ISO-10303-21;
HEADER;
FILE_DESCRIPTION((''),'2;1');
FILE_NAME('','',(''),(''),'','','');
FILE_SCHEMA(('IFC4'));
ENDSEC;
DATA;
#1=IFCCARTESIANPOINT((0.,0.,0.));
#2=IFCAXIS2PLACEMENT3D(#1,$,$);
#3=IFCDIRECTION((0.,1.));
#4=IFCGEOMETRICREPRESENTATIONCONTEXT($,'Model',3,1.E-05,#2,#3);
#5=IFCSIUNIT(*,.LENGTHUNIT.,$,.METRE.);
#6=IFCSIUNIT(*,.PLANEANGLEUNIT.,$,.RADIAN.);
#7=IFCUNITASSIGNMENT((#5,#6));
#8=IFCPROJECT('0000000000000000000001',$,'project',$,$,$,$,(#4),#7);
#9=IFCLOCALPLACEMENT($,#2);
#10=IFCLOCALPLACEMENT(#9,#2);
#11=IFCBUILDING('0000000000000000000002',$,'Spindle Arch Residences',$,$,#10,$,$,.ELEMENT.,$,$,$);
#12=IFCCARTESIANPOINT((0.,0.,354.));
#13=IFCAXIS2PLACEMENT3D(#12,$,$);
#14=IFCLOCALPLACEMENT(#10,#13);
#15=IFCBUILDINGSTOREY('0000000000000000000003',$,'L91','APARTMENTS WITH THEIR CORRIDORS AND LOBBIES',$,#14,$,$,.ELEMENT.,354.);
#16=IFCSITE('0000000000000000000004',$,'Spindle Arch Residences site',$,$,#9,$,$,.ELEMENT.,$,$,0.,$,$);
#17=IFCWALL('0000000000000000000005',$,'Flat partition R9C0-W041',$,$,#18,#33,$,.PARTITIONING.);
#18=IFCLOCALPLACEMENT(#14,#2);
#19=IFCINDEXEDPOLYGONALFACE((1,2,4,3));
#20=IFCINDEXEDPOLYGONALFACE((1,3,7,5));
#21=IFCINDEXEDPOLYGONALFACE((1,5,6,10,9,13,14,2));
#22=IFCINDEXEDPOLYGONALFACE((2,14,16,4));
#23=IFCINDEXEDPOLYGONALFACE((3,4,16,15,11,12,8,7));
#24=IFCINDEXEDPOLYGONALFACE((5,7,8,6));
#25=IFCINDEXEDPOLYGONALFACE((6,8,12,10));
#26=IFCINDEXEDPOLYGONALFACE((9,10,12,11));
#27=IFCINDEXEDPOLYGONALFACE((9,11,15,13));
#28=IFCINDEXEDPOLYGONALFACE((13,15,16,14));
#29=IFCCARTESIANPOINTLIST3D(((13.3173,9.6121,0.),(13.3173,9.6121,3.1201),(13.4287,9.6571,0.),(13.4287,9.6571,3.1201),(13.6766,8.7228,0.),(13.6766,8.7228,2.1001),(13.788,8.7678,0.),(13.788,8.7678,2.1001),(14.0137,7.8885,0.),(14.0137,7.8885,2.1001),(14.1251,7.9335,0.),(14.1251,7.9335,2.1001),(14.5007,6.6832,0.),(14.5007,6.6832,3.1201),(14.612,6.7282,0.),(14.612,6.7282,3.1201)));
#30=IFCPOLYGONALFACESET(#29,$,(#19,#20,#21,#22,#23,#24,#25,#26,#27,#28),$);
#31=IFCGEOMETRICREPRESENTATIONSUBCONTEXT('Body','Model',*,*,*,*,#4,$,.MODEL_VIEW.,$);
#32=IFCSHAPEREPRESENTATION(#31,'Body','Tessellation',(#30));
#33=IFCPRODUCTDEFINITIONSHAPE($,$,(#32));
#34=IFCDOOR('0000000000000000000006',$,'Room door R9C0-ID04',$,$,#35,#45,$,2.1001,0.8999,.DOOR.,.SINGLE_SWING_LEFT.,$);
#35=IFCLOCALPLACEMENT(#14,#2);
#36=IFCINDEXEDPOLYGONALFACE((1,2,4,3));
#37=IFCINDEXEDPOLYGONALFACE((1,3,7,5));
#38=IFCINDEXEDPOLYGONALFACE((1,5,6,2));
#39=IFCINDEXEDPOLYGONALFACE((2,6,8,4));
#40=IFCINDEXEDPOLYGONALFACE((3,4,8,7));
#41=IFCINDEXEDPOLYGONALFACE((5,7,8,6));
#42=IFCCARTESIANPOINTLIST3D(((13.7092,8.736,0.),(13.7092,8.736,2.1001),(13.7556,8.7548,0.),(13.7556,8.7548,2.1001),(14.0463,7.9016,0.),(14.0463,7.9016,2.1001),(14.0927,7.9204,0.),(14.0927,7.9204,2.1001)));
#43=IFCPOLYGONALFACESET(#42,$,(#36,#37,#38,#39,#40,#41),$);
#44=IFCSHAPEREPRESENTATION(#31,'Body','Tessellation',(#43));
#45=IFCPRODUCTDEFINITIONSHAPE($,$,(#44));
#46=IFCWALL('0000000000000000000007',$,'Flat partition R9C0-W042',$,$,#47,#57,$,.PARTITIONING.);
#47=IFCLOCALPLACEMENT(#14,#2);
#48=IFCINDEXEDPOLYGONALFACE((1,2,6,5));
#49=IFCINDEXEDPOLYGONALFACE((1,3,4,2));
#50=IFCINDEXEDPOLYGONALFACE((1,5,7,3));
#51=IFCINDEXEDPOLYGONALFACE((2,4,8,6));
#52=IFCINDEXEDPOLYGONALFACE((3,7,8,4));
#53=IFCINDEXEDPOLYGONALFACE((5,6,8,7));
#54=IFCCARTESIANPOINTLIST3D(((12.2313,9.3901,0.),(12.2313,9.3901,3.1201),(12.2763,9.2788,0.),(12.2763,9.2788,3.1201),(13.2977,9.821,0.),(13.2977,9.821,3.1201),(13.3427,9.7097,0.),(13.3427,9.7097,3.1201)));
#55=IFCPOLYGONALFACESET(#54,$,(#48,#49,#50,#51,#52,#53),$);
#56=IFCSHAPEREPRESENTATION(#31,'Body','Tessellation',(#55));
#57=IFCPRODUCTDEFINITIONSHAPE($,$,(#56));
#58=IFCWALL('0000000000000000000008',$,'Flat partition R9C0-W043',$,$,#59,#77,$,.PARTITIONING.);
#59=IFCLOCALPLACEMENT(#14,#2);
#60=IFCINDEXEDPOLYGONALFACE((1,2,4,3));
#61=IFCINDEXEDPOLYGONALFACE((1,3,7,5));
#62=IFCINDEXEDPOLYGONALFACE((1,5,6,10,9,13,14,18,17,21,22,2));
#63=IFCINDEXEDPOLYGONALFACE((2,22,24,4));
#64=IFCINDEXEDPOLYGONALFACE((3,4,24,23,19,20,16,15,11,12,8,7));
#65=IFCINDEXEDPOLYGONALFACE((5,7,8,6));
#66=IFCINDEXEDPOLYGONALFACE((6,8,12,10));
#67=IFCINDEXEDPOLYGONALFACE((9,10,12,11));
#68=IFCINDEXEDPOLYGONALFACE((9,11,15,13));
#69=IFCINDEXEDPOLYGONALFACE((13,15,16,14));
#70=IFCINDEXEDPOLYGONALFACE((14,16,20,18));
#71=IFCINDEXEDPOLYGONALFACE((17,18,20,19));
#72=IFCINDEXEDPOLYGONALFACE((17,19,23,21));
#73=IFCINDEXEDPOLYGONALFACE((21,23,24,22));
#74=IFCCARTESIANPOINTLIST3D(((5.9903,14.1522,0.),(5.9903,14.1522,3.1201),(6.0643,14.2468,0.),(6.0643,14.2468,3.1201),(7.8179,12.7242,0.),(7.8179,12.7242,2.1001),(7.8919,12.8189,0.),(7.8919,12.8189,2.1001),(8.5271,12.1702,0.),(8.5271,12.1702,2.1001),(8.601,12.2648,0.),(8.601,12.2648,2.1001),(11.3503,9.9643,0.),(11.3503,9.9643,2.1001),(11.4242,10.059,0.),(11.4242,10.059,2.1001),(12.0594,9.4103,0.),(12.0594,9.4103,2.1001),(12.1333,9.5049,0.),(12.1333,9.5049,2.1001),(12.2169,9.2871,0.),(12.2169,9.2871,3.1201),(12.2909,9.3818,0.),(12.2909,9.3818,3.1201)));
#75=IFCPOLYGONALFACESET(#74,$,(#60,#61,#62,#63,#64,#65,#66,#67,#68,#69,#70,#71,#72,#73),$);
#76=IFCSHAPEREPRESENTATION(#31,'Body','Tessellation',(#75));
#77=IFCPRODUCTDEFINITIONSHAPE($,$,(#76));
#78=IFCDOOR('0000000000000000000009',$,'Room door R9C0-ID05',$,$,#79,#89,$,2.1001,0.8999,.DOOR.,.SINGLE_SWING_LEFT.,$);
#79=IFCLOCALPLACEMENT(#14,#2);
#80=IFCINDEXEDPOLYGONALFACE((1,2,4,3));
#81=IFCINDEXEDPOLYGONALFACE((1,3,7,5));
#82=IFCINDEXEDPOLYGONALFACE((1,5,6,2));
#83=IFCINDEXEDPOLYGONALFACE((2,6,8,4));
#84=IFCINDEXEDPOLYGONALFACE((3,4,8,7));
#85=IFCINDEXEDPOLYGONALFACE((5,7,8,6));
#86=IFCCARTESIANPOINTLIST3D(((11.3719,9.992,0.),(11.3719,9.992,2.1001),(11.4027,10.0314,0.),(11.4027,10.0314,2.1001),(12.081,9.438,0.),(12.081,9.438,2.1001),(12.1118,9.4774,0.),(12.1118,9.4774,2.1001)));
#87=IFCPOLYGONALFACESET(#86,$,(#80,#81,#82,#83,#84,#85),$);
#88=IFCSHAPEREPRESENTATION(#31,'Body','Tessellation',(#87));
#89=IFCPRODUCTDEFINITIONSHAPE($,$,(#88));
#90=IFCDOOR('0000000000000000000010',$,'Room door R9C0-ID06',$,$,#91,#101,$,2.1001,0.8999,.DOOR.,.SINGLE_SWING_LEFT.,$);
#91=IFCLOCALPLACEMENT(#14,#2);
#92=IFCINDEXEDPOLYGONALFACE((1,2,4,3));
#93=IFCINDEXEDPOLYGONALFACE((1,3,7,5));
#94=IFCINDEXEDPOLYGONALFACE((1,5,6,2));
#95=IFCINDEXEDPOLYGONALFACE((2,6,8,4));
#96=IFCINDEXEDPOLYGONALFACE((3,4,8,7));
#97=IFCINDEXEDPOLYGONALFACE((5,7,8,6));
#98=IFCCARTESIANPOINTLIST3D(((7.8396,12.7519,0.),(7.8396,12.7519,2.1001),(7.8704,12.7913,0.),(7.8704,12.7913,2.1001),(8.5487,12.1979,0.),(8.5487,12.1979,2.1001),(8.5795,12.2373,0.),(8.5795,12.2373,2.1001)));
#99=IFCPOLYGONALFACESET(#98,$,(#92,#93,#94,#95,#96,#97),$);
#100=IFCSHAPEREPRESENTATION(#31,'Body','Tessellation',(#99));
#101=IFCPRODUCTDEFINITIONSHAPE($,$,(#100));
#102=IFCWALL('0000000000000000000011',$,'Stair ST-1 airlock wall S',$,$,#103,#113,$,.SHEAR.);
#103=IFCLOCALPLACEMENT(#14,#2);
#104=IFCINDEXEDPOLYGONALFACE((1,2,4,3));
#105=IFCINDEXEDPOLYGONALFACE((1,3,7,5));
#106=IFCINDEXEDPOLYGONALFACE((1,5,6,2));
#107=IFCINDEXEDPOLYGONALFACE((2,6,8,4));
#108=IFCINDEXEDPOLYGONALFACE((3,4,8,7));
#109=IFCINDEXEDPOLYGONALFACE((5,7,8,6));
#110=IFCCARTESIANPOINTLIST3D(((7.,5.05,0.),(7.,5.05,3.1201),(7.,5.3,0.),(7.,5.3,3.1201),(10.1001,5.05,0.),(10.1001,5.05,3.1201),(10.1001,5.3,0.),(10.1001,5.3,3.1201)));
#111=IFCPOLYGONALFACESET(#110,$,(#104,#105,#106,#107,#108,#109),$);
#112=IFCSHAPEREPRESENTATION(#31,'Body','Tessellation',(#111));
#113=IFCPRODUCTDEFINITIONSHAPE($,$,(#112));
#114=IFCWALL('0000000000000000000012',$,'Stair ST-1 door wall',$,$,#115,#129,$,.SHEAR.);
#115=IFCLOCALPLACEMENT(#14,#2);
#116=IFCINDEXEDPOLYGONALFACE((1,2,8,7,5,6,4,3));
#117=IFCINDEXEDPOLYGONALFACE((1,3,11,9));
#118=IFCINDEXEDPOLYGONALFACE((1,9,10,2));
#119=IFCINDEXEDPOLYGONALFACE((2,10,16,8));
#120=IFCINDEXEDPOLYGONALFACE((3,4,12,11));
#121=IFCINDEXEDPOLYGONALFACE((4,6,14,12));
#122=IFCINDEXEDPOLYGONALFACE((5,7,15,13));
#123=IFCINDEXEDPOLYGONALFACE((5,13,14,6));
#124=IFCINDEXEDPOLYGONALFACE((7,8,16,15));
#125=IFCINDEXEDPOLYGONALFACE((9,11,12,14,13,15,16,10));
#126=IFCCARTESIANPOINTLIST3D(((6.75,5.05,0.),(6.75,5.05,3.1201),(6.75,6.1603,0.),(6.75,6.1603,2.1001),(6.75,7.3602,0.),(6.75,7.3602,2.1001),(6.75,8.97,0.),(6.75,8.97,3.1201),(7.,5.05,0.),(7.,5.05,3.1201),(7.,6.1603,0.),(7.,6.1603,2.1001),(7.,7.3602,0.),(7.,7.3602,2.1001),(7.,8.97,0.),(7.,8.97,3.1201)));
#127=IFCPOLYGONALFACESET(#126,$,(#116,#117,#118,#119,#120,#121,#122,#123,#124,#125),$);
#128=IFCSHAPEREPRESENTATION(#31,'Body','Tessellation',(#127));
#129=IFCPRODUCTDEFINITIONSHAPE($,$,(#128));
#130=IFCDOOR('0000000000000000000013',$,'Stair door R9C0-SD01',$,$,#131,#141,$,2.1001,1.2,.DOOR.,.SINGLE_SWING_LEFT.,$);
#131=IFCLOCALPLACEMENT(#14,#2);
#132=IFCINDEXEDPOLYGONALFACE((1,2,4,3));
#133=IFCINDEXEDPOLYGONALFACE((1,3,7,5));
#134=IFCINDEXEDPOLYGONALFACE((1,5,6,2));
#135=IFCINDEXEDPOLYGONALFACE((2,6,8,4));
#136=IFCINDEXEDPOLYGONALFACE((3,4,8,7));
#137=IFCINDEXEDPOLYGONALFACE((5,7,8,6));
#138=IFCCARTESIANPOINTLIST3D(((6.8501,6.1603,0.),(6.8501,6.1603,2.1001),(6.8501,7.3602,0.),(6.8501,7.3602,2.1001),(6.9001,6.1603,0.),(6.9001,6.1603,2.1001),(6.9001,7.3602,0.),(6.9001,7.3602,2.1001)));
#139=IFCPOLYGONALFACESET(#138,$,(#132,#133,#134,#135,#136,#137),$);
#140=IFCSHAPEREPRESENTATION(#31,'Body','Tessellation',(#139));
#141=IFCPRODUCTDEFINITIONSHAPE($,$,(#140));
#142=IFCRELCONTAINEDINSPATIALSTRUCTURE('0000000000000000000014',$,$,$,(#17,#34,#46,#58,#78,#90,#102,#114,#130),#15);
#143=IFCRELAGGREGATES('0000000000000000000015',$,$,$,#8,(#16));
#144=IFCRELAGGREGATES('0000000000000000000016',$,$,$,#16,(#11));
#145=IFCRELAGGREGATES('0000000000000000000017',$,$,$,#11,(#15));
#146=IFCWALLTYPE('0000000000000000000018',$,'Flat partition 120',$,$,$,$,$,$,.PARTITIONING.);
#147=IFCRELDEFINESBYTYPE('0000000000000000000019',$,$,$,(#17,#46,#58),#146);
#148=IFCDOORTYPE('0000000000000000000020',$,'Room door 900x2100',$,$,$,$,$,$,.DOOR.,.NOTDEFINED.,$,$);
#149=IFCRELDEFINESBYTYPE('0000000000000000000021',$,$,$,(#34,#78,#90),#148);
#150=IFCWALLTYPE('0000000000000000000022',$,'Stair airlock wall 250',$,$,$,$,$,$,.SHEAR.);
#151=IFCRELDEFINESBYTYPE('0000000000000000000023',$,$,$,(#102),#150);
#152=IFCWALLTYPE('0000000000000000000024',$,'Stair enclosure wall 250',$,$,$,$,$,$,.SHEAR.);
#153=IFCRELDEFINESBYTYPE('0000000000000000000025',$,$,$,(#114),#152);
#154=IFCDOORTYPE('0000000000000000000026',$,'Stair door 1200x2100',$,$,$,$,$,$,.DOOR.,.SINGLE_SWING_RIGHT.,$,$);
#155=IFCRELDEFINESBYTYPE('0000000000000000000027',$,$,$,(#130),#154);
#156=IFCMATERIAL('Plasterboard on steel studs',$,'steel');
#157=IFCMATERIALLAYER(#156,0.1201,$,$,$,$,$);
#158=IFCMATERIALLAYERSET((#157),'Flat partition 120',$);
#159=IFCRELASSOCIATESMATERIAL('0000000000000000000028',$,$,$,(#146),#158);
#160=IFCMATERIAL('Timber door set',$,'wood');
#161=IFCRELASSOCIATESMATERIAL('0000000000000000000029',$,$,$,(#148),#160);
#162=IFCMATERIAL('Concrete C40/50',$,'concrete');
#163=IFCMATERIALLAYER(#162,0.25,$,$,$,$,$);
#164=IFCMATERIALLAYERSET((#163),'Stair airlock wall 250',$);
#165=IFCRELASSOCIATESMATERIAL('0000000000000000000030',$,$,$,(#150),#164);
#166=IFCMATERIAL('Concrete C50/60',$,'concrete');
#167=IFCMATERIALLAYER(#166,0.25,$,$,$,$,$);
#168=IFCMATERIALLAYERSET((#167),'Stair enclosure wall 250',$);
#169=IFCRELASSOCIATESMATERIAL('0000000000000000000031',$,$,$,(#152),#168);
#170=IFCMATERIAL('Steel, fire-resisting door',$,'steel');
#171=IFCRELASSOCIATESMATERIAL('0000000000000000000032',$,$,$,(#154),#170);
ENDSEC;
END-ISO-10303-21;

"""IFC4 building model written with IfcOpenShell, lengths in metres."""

from ifc_helpers import new_model, si_unit, direction, frame, frame_2d, origin, place, context, subcontext, project, spatial, rectangle, extrude, material, layer, layer_set, type_object, element, fill, save


model = new_model("IFC4")

# Units and contexts
model_context = context("Model", 3, precision=1e-05, world=origin(), true_north=direction((0.0, 1.0)))
body_context = subcontext(model_context, "Body", "Model", "MODEL_VIEW")
ifc_project = project(units=[si_unit("LENGTHUNIT", "METRE"), si_unit("PLANEANGLEUNIT", "RADIAN")], contexts=[model_context])

# Site, building, storey
site_placement = place(None, origin())
site = spatial("IfcSite", under=ifc_project, at=site_placement, Name="Spindle Arch Residences site", CompositionType="ELEMENT", RefElevation=0.0)
building_placement = place(site_placement, origin())
building = spatial("IfcBuilding", under=site, at=building_placement, Name="Spindle Arch Residences", CompositionType="ELEMENT")
storey_placement = place(building_placement, frame((0.0, 0.0, 354.0)))
storey = spatial("IfcBuildingStorey", under=building, at=storey_placement, Name="L91", Description="APARTMENTS WITH THEIR CORRIDORS AND LOBBIES", CompositionType="ELEMENT", Elevation=354.0)

# Shared definitions
ifc_material_1 = material(Name="Plasterboard on steel studs", Category="steel")
ifc_layer_1 = layer(ifc_material_1, 0.1201)
ifc_layer_set_1 = layer_set([ifc_layer_1], Name="Flat partition 120")
wall_type_1 = type_object("IfcWallType", Name="Flat partition 120", PredefinedType="PARTITIONING", material=ifc_layer_set_1)

# Wall, opening, door
wall_1_placement = place(storey_placement, frame((14.5564, 6.7056, 0.0), z_axis=(0.0, 0.0, 1.0), x_axis=(-0.3746, 0.927187, 0.0)))
wall_1 = element("IfcWall", 1, at=wall_1_placement, inside=storey, type_object=wall_type_1, Name="Flat partition R9C0-W041", PredefinedType="PARTITIONING", context=body_context, shape_type="SweptSolid", body=[
    extrude(rectangle(XDim=3.1589, YDim=0.1201, at=frame_2d((1.5796, 0.0))), origin(), (0.0, 0.0, 1.0), 3.1201),
])
opening_1_placement = place(wall_1_placement, frame((1.3, 0.0, 0.0)))
opening_1 = element("IfcOpeningElement", 2, at=opening_1_placement, cuts=wall_1, PredefinedType="OPENING", context=body_context, shape_type="SweptSolid", body=[
    extrude(rectangle(XDim=0.8999, YDim=2.1001, at=frame_2d((0.45, 1.05))), frame((0.0, 0.0701, 0.0), z_axis=(0.0, -1.0, 0.0), x_axis=(1.0, 0.0, 0.0)), (0.0, 0.0, 1.0), 0.1401),
])
ifc_material_2 = material(Name="Timber door set", Category="wood")
door_type_1 = type_object("IfcDoorType", Name="Room door 900x2100", OperationType="NOTDEFINED", PredefinedType="DOOR", material=ifc_material_2)
door_1_placement = place(opening_1_placement, origin())
door_1 = element("IfcDoor", 3, at=door_1_placement, inside=storey, type_object=door_type_1, Name="Room door R9C0-ID04", OperationType="SINGLE_SWING_LEFT", OverallHeight=2.1001, OverallWidth=0.8999, PredefinedType="DOOR", context=body_context, shape_type="SweptSolid", body=[
    extrude(rectangle(XDim=0.8999, YDim=2.1001, at=frame_2d((0.45, 1.05))), frame((0.0, 0.0249, 0.0), z_axis=(0.0, -1.0, 0.0), x_axis=(1.0, 0.0, 0.0)), (0.0, 0.0, 1.0), 0.05),
])
fill(opening_1, door_1)

# Wall
wall_2_placement = place(storey_placement, frame((13.3203, 9.7654, 0.0), z_axis=(0.0, 0.0, 1.0), x_axis=(-0.927168, -0.374646, 0.0)))
element("IfcWall", 4, at=wall_2_placement, inside=storey, type_object=wall_type_1, Name="Flat partition R9C0-W042", PredefinedType="PARTITIONING", context=body_context, shape_type="SweptSolid", body=[
    extrude(rectangle(XDim=1.1501, YDim=0.1201, at=frame_2d((0.5752, 0.0))), origin(), (0.0, 0.0, 1.0), 3.1201),
])

# Wall, openings, doors
wall_3_placement = place(storey_placement, frame((12.2539, 9.3345, 0.0), z_axis=(0.0, 0.0, 1.0), x_axis=(-0.787994, 0.615682, 0.0)))
wall_3 = element("IfcWall", 5, at=wall_3_placement, inside=storey, type_object=wall_type_1, Name="Flat partition R9C0-W043", PredefinedType="PARTITIONING", context=body_context, shape_type="SweptSolid", body=[
    extrude(rectangle(XDim=7.9019, YDim=0.1201, at=frame_2d((3.9509, 0.0))), origin(), (0.0, 0.0, 1.0), 3.1201),
])
opening_2_placement = place(wall_3_placement, frame((0.2, 0.0, 0.0)))
opening_2 = element("IfcOpeningElement", 6, at=opening_2_placement, cuts=wall_3, PredefinedType="OPENING", context=body_context, shape_type="SweptSolid", body=[
    extrude(rectangle(XDim=0.8999, YDim=2.1001, at=frame_2d((0.45, 1.05))), frame((0.0, 0.0701, 0.0), z_axis=(0.0, -1.0, 0.0), x_axis=(1.0, 0.0, 0.0)), (0.0, 0.0, 1.0), 0.1401),
])
opening_3_placement = place(wall_3_placement, frame((4.6826, 0.0, 0.0)))
opening_3 = element("IfcOpeningElement", 7, at=opening_3_placement, cuts=wall_3, PredefinedType="OPENING", context=body_context, shape_type="SweptSolid", body=[
    extrude(rectangle(XDim=0.8999, YDim=2.1001, at=frame_2d((0.45, 1.05))), frame((0.0, 0.0701, 0.0), z_axis=(0.0, -1.0, 0.0), x_axis=(1.0, 0.0, 0.0)), (0.0, 0.0, 1.0), 0.1401),
])
door_2_placement = place(opening_2_placement, origin())
door_2 = element("IfcDoor", 8, at=door_2_placement, inside=storey, type_object=door_type_1, Name="Room door R9C0-ID05", OperationType="SINGLE_SWING_LEFT", OverallHeight=2.1001, OverallWidth=0.8999, PredefinedType="DOOR", context=body_context, shape_type="SweptSolid", body=[
    extrude(rectangle(XDim=0.8999, YDim=2.1001, at=frame_2d((0.45, 1.05))), frame((0.0, 0.0249, 0.0), z_axis=(0.0, -1.0, 0.0), x_axis=(1.0, 0.0, 0.0)), (0.0, 0.0, 1.0), 0.05),
])
fill(opening_2, door_2)
door_3_placement = place(opening_3_placement, origin())
door_3 = element("IfcDoor", 9, at=door_3_placement, inside=storey, type_object=door_type_1, Name="Room door R9C0-ID06", OperationType="SINGLE_SWING_LEFT", OverallHeight=2.1001, OverallWidth=0.8999, PredefinedType="DOOR", context=body_context, shape_type="SweptSolid", body=[
    extrude(rectangle(XDim=0.8999, YDim=2.1001, at=frame_2d((0.45, 1.05))), frame((0.0, 0.0249, 0.0), z_axis=(0.0, -1.0, 0.0), x_axis=(1.0, 0.0, 0.0)), (0.0, 0.0, 1.0), 0.05),
])
fill(opening_3, door_3)

# Wall
ifc_material_3 = material(Name="Concrete C40/50", Category="concrete")
ifc_layer_2 = layer(ifc_material_3, 0.25)
ifc_layer_set_2 = layer_set([ifc_layer_2], Name="Stair airlock wall 250")
wall_type_2 = type_object("IfcWallType", Name="Stair airlock wall 250", PredefinedType="SHEAR", material=ifc_layer_set_2)
wall_4_placement = place(storey_placement, frame((7.0, 5.175, 0.0), z_axis=(0.0, 0.0, 1.0), x_axis=(1.0, 0.0, 0.0)))
element("IfcWall", 10, at=wall_4_placement, inside=storey, type_object=wall_type_2, Name="Stair ST-1 airlock wall S", PredefinedType="SHEAR", context=body_context, shape_type="SweptSolid", body=[
    extrude(rectangle(XDim=3.1001, YDim=0.25, at=frame_2d((1.55, 0.0))), origin(), (0.0, 0.0, 1.0), 3.1201),
])

# Wall, opening, door
ifc_material_4 = material(Name="Concrete C50/60", Category="concrete")
ifc_layer_3 = layer(ifc_material_4, 0.25)
ifc_layer_set_3 = layer_set([ifc_layer_3], Name="Stair enclosure wall 250")
wall_type_3 = type_object("IfcWallType", Name="Stair enclosure wall 250", PredefinedType="SHEAR", material=ifc_layer_set_3)
wall_5_placement = place(storey_placement, frame((6.875, 5.05, 0.0), z_axis=(0.0, 0.0, 1.0), x_axis=(0.0, 1.0, 0.0)))
wall_5 = element("IfcWall", 11, at=wall_5_placement, inside=storey, type_object=wall_type_3, Name="Stair ST-1 door wall", PredefinedType="SHEAR", context=body_context, shape_type="SweptSolid", body=[
    extrude(rectangle(XDim=3.9199, YDim=0.25, at=frame_2d((1.96, 0.0))), origin(), (0.0, 0.0, 1.0), 3.1201),
])
opening_4_placement = place(wall_5_placement, frame((1.1101, 0.0, 0.0)))
opening_4 = element("IfcOpeningElement", 12, at=opening_4_placement, cuts=wall_5, PredefinedType="OPENING", context=body_context, shape_type="SweptSolid", body=[
    extrude(rectangle(XDim=1.2, YDim=2.1001, at=frame_2d((0.6001, 1.05))), frame((0.0, 0.135, 0.0), z_axis=(0.0, -1.0, 0.0), x_axis=(1.0, 0.0, 0.0)), (0.0, 0.0, 1.0), 0.27),
])
ifc_material_5 = material(Name="Steel, fire-resisting door", Category="steel")
door_type_2 = type_object("IfcDoorType", Name="Stair door 1200x2100", OperationType="SINGLE_SWING_RIGHT", PredefinedType="DOOR", material=ifc_material_5)
door_4_placement = place(opening_4_placement, origin())
door_4 = element("IfcDoor", 13, at=door_4_placement, inside=storey, type_object=door_type_2, Name="Stair door R9C0-SD01", OperationType="SINGLE_SWING_LEFT", OverallHeight=2.1001, OverallWidth=1.2, PredefinedType="DOOR", context=body_context, shape_type="SweptSolid", body=[
    extrude(rectangle(XDim=1.2, YDim=2.1001, at=frame_2d((0.6001, 1.05))), frame((0.0, 0.0249, 0.0), z_axis=(0.0, -1.0, 0.0), x_axis=(1.0, 0.0, 0.0)), (0.0, 0.0, 1.0), 0.05),
])
fill(opening_4, door_4)

save(model, "model.ifc")
